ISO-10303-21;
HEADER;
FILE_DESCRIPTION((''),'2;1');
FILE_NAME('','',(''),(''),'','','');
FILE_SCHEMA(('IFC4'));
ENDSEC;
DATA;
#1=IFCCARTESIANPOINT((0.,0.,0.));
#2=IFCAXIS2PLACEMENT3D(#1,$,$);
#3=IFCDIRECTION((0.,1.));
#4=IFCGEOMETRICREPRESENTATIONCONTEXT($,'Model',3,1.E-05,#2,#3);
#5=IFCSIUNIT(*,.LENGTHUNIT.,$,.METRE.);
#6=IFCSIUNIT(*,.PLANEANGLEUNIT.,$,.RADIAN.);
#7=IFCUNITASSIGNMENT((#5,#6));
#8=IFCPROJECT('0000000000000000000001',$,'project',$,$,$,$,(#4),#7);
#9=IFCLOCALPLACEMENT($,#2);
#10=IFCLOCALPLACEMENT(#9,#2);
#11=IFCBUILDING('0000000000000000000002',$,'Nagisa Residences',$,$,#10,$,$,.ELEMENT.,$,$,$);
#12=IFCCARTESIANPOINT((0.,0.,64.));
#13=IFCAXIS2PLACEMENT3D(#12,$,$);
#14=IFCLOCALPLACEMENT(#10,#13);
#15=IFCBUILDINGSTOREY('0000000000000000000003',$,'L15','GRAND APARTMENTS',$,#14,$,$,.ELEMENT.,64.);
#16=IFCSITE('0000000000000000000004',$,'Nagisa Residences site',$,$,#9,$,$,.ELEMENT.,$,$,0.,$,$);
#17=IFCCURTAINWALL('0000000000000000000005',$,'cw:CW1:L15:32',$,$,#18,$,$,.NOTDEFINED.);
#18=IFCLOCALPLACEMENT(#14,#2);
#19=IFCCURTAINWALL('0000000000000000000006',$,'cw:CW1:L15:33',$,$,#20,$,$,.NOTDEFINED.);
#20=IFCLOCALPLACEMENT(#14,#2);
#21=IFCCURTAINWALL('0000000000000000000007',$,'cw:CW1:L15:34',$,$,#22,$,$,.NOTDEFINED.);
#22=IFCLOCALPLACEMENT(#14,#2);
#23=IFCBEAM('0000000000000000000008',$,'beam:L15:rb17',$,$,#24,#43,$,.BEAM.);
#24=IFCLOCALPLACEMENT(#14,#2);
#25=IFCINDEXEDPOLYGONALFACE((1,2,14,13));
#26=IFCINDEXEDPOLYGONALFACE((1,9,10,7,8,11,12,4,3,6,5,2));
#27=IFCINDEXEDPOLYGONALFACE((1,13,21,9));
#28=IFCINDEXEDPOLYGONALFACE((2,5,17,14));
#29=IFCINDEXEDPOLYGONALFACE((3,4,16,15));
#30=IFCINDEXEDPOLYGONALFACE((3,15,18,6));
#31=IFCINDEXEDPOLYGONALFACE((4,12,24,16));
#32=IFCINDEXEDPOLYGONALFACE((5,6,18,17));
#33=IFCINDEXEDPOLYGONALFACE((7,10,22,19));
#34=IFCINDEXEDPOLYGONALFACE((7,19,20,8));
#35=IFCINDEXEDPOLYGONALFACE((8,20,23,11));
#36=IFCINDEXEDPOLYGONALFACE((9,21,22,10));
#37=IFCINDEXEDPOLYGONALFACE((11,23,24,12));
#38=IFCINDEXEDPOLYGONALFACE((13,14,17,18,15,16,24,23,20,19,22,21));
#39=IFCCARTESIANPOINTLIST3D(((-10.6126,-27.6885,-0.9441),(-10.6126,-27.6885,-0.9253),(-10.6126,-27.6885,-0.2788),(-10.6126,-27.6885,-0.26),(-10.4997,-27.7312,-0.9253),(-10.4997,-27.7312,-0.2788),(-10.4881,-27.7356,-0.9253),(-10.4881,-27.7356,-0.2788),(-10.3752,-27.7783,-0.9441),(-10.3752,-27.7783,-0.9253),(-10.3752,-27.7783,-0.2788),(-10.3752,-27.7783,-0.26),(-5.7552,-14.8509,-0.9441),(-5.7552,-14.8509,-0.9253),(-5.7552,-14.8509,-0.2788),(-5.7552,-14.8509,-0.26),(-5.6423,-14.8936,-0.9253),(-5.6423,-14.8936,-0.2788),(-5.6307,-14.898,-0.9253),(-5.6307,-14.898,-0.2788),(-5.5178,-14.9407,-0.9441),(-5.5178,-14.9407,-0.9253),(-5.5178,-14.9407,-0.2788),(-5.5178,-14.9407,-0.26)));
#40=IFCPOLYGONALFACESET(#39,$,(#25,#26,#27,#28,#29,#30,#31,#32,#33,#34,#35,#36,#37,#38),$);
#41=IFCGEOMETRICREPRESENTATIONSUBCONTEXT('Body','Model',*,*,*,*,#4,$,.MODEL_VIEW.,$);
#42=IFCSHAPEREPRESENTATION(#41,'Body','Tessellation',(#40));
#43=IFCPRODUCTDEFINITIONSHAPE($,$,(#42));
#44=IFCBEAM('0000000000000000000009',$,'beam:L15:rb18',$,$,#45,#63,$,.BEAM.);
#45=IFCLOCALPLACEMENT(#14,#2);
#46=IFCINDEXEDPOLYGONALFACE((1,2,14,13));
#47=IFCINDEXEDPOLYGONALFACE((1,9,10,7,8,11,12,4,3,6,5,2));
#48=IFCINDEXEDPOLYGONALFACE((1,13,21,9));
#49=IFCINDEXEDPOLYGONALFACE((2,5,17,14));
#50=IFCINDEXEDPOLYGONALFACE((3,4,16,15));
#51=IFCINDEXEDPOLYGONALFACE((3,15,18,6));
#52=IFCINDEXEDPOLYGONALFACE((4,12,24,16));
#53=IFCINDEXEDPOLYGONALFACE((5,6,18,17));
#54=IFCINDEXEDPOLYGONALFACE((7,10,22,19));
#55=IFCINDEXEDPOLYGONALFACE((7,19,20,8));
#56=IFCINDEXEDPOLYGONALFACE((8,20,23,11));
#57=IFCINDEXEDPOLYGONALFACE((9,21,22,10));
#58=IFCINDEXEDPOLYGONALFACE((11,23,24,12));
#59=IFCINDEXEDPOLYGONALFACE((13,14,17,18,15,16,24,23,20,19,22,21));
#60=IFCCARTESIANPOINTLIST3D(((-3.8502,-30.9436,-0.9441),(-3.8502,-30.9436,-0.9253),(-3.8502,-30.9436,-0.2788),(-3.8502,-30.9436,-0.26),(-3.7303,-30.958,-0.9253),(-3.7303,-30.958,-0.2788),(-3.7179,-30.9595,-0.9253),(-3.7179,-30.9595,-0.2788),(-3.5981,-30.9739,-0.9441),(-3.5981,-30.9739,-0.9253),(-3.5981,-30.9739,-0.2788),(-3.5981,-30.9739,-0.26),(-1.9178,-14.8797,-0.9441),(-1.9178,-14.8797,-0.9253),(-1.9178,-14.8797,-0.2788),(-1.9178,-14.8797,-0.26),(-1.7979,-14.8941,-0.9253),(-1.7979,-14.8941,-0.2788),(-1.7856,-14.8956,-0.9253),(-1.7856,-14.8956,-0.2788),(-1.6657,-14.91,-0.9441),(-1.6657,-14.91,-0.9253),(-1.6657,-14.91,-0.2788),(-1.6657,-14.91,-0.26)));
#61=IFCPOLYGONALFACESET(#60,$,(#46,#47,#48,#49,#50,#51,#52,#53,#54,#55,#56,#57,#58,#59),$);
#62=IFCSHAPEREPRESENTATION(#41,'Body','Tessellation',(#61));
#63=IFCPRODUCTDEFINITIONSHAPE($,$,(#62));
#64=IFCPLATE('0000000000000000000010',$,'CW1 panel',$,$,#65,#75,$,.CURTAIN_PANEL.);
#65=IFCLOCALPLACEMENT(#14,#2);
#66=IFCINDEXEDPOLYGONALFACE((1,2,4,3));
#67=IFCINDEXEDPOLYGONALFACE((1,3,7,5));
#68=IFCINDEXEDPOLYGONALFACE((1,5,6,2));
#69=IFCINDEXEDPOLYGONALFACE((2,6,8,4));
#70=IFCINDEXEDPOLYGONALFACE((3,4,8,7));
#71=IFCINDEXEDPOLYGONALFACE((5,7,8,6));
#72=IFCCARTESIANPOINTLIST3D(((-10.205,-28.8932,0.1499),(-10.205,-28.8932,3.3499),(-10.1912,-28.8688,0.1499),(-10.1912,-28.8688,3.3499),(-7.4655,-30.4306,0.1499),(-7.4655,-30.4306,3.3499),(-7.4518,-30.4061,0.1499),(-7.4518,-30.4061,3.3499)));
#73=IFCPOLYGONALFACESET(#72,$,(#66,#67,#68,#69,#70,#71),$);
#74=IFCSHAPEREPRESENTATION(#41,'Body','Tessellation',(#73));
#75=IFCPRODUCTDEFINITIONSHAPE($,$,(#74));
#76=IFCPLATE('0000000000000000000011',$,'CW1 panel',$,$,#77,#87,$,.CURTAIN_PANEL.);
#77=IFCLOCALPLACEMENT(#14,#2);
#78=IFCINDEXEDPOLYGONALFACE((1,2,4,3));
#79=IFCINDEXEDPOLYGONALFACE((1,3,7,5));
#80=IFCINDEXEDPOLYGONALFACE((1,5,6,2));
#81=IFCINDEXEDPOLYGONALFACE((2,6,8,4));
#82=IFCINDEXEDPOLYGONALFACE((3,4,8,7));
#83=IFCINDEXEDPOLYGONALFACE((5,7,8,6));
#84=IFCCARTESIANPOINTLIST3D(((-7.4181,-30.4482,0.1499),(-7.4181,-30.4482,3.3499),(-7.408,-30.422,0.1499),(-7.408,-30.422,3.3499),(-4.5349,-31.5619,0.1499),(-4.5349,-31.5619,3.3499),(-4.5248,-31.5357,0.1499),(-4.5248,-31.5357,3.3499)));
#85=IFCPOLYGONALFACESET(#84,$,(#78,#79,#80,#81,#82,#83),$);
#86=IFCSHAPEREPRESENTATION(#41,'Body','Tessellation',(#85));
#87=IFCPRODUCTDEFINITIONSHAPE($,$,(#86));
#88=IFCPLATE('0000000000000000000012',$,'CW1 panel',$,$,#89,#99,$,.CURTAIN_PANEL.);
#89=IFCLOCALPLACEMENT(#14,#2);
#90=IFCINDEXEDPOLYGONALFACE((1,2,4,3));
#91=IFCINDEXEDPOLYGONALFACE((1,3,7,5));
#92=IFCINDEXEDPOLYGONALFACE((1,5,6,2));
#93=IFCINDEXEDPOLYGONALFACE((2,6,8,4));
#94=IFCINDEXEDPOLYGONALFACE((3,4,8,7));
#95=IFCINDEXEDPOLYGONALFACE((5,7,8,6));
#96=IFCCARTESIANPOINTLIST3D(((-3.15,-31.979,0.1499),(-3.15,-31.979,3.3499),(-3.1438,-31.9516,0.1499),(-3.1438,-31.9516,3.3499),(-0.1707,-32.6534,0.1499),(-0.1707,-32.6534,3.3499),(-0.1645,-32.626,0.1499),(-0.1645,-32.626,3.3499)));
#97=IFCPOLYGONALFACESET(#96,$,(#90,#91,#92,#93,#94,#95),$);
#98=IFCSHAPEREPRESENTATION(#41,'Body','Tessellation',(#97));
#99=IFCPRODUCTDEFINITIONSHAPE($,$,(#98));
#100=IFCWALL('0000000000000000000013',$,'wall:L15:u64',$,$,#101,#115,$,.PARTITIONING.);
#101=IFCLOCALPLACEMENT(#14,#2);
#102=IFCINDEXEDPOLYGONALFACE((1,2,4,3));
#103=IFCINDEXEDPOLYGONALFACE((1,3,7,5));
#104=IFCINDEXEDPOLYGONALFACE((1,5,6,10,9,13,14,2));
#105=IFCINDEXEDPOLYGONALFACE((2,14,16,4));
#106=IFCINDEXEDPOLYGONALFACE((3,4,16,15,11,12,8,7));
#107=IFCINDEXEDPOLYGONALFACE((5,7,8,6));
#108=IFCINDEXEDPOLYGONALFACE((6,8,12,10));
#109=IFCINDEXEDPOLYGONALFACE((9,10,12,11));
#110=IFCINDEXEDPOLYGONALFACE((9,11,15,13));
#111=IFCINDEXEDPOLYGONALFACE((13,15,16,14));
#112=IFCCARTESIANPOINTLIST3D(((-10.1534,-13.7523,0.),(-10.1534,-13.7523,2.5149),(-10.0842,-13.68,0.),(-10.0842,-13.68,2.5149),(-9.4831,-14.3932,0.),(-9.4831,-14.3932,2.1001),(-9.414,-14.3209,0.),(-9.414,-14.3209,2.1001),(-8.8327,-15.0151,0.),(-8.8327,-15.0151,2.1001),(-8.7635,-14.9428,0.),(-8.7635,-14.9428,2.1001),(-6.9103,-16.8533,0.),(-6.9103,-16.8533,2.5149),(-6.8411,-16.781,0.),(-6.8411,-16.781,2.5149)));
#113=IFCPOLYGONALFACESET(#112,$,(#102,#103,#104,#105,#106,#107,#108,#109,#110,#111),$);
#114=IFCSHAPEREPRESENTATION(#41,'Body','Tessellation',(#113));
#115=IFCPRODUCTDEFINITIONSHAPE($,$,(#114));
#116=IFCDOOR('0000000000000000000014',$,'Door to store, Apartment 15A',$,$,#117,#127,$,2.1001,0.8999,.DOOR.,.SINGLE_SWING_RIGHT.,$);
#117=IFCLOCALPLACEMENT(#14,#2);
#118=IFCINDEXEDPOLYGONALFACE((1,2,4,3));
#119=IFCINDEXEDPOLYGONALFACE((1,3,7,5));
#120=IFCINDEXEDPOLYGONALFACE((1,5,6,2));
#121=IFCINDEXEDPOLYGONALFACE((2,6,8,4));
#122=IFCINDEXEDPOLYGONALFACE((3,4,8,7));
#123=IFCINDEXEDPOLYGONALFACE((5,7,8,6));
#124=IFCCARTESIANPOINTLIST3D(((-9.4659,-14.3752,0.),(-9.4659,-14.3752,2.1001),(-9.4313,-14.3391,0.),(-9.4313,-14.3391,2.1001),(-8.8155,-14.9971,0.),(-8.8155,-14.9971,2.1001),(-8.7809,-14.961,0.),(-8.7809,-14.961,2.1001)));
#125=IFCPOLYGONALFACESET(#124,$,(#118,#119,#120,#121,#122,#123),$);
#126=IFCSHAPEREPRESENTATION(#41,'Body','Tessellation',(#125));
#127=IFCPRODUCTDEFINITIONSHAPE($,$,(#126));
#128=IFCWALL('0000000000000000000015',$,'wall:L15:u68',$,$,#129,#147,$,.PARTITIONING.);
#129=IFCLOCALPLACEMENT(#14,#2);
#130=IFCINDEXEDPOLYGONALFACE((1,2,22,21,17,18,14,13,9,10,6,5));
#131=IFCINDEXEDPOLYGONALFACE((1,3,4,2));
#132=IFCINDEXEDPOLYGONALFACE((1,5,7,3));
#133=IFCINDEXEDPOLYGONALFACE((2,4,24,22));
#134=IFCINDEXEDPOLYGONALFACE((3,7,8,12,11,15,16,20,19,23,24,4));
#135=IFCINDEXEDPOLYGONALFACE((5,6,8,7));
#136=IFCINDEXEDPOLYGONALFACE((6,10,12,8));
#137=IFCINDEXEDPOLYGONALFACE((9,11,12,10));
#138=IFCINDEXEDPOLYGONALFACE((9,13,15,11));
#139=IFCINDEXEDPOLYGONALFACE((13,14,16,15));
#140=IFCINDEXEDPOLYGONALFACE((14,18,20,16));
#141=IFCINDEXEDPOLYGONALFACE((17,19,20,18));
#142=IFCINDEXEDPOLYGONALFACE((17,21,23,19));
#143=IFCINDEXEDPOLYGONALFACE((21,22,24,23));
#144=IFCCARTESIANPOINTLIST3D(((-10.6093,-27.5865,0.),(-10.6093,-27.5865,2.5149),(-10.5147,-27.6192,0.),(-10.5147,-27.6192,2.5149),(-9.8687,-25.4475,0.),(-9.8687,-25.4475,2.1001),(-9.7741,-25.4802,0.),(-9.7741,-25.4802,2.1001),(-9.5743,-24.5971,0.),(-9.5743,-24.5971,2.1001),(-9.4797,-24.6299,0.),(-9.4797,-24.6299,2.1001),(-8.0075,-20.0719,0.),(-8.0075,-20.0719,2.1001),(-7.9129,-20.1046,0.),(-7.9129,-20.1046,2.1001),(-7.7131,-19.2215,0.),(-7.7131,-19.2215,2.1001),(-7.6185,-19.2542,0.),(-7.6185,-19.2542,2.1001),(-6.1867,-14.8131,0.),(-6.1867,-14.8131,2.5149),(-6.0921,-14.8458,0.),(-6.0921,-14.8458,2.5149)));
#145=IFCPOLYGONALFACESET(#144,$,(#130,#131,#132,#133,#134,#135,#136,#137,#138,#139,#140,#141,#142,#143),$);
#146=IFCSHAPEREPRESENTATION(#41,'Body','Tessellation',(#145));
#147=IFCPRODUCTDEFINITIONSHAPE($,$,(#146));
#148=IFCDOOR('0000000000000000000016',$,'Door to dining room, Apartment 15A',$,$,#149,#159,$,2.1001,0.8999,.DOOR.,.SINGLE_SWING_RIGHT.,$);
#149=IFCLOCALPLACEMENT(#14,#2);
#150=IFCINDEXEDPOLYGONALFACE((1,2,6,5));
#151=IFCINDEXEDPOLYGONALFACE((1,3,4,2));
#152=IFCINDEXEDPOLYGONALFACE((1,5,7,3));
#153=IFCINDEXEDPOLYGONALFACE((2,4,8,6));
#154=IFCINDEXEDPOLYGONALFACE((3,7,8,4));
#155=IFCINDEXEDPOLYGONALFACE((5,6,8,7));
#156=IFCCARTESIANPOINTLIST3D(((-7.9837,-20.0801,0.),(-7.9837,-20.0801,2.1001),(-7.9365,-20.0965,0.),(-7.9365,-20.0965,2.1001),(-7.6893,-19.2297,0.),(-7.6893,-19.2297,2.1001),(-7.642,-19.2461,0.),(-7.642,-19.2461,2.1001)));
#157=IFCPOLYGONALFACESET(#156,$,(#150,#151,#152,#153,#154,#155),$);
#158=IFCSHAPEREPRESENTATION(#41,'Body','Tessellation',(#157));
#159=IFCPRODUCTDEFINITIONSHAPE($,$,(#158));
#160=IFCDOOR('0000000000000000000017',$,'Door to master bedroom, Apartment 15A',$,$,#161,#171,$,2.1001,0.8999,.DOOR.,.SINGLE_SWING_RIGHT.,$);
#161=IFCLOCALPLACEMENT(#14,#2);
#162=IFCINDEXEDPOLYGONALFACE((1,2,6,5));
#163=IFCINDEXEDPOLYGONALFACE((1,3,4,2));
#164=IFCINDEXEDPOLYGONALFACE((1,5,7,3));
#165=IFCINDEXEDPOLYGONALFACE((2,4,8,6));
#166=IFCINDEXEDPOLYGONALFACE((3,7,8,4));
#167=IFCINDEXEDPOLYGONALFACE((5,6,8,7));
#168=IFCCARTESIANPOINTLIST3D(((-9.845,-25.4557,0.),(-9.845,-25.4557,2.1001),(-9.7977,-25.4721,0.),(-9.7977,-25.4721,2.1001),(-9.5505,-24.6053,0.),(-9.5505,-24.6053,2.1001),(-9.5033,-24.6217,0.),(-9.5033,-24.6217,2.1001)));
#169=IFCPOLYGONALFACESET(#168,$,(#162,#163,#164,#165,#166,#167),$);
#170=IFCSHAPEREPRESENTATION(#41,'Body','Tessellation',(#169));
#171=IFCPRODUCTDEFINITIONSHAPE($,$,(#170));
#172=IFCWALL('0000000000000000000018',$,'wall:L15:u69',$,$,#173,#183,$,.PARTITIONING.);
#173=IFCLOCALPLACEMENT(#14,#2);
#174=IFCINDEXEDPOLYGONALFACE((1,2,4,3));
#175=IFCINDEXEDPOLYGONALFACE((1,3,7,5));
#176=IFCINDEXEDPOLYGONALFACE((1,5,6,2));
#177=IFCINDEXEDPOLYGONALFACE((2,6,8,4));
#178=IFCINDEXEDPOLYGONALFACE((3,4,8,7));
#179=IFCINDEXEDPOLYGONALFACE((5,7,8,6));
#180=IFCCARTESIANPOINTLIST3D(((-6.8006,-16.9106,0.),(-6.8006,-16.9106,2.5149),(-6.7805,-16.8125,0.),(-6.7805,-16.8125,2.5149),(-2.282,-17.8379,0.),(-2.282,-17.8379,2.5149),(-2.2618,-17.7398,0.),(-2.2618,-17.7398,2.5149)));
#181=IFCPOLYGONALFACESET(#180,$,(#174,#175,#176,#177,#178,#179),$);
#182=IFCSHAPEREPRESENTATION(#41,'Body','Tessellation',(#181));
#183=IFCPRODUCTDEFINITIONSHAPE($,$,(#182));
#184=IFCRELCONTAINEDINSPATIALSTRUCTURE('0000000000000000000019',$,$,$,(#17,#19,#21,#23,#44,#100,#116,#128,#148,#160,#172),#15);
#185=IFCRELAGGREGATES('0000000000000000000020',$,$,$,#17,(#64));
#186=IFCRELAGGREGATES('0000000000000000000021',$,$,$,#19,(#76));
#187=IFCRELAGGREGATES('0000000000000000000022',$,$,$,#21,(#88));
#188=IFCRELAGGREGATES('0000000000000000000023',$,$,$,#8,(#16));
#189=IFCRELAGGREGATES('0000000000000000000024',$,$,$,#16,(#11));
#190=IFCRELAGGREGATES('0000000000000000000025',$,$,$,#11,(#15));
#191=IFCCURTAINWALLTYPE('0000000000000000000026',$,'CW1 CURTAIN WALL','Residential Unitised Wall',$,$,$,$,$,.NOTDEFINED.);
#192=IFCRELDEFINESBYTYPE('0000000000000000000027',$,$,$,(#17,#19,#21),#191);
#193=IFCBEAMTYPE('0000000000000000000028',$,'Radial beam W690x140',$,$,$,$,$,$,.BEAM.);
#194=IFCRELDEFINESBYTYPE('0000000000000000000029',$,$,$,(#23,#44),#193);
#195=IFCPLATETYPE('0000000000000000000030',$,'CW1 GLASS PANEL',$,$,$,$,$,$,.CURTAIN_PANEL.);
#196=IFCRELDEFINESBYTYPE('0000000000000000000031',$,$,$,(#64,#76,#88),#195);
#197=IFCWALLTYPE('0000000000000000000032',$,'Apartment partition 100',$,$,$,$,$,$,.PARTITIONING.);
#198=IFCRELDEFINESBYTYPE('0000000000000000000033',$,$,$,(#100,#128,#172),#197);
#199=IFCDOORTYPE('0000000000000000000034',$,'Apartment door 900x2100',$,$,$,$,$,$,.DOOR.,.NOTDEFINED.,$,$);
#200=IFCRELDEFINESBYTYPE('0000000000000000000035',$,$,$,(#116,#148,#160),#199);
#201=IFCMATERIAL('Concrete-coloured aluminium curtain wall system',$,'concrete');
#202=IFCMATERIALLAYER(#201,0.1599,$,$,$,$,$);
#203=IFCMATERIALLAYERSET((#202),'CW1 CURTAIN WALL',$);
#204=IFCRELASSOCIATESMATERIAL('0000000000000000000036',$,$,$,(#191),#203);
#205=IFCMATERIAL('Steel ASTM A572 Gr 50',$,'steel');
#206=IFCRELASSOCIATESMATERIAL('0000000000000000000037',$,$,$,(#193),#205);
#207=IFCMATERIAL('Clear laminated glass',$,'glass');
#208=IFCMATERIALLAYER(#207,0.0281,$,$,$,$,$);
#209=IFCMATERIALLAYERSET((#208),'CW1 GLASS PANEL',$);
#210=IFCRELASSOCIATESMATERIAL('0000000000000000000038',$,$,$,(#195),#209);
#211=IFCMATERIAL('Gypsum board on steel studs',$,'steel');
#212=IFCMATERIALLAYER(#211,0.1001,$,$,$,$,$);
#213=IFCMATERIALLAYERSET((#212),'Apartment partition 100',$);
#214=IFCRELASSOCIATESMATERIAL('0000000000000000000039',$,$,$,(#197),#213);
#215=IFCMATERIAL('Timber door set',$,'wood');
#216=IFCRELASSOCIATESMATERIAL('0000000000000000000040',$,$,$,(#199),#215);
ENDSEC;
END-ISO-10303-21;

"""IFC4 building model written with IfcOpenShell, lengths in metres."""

from ifc_helpers import new_model, si_unit, direction, frame, frame_2d, origin, origin_2d, place, context, subcontext, project, spatial, rectangle, i_section, extrude, material, layer, layer_set, material_profile, profile_set, type_object, element, fill, aggregate, save


model = new_model("IFC4")

# Units and contexts
model_context = context("Model", 3, precision=1e-05, world=origin(), true_north=direction((0.0, 1.0)))
body_context = subcontext(model_context, "Body", "Model", "MODEL_VIEW")
ifc_project = project(units=[si_unit("LENGTHUNIT", "METRE"), si_unit("PLANEANGLEUNIT", "RADIAN")], contexts=[model_context])

# Site, building, storey
site_placement = place(None, origin())
site = spatial("IfcSite", under=ifc_project, at=site_placement, Name="Nagisa Residences site", CompositionType="ELEMENT", RefElevation=0.0)
building_placement = place(site_placement, origin())
building = spatial("IfcBuilding", under=site, at=building_placement, Name="Nagisa Residences", CompositionType="ELEMENT")
storey_placement = place(building_placement, frame((0.0, 0.0, 64.0)))
storey = spatial("IfcBuildingStorey", under=building, at=storey_placement, Name="L15", Description="GRAND APARTMENTS", CompositionType="ELEMENT", Elevation=64.0)

# Curtain walls
ifc_material_1 = material(Name="Concrete-coloured aluminium curtain wall system", Category="concrete")
ifc_layer_1 = layer(ifc_material_1, 0.1599)
ifc_layer_set_1 = layer_set([ifc_layer_1], Name="CW1 CURTAIN WALL")
curtain_wall_type = type_object("IfcCurtainWallType", Name="CW1 CURTAIN WALL", Description="Residential Unitised Wall", PredefinedType="NOTDEFINED", material=ifc_layer_set_1)
curtain_wall_1_placement = place(storey_placement, origin())
curtain_wall_1 = element("IfcCurtainWall", 1, at=curtain_wall_1_placement, inside=storey, type_object=curtain_wall_type, Name="cw:CW1:L15:32", PredefinedType="NOTDEFINED")
curtain_wall_2_placement = place(storey_placement, origin())
curtain_wall_2 = element("IfcCurtainWall", 2, at=curtain_wall_2_placement, inside=storey, type_object=curtain_wall_type, Name="cw:CW1:L15:33", PredefinedType="NOTDEFINED")
curtain_wall_3_placement = place(storey_placement, origin())
curtain_wall_3 = element("IfcCurtainWall", 3, at=curtain_wall_3_placement, inside=storey, type_object=curtain_wall_type, Name="cw:CW1:L15:34", PredefinedType="NOTDEFINED")

# Beams
ifc_material_2 = material(Name="Steel ASTM A572 Gr 50", Category="steel")
ifc_material_profile_1 = material_profile(ifc_material_2, i_section(OverallWidth=0.2539, OverallDepth=0.6841, WebThickness=0.0125, FlangeThickness=0.0188, at=origin_2d()), Name="W690x140")
ifc_profile_set_1 = profile_set([ifc_material_profile_1], Name="Steel ASTM A572 Gr 50")
beam_type_1 = type_object("IfcBeamType", Name="Radial beam W690x140", PredefinedType="BEAM", material=ifc_profile_set_1)
beam_1_placement = place(storey_placement, frame((-10.4939, -27.7334, -0.6021), z_axis=(0.353888, 0.935288, 0.0), x_axis=(-0.935288, 0.353888, 0.0)))
element("IfcBeam", 4, at=beam_1_placement, inside=storey, type_object=beam_type_1, Name="beam:L15:rb17", PredefinedType="BEAM", context=body_context, shape_type="SweptSolid", body=[
    extrude(i_section(OverallWidth=0.2539, OverallDepth=0.6841, WebThickness=0.0125, FlangeThickness=0.0188, at=origin_2d()), origin(), (0.0, 0.0, 1.0), 13.7258),
])
beam_2_placement = place(storey_placement, frame((-3.7241, -30.9587, -0.6021), z_axis=(0.119431, 0.992842, 0.0), x_axis=(-0.992842, 0.119431, 0.0)))
element("IfcBeam", 5, at=beam_2_placement, inside=storey, type_object=beam_type_1, Name="beam:L15:rb18", PredefinedType="BEAM", context=body_context, shape_type="SweptSolid", body=[
    extrude(i_section(OverallWidth=0.2539, OverallDepth=0.6841, WebThickness=0.0125, FlangeThickness=0.0188, at=origin_2d()), origin(), (0.0, 0.0, 1.0), 16.1797),
])

# Plates
ifc_material_3 = material(Name="Clear laminated glass", Category="glass")
ifc_layer_2 = layer(ifc_material_3, 0.0281)
ifc_layer_set_2 = layer_set([ifc_layer_2], Name="CW1 GLASS PANEL")
plate_type = type_object("IfcPlateType", Name="CW1 GLASS PANEL", PredefinedType="CURTAIN_PANEL", material=ifc_layer_set_2)
plate_1_placement = place(storey_placement, frame((-8.8284, -29.6497, 0.1499), z_axis=(0.0, 0.0, 1.0), x_axis=(0.872072, -0.489377, 0.0)))
plate_1 = element("IfcPlate", 6, at=plate_1_placement, type_object=plate_type, Name="CW1 panel", PredefinedType="CURTAIN_PANEL", context=body_context, shape_type="SweptSolid", body=[
    extrude(rectangle(XDim=3.1414, YDim=0.0281, at=origin_2d()), origin(), (0.0, 0.0, 1.0), 3.2),
])
aggregate(curtain_wall_1, [plate_1])
plate_2_placement = place(storey_placement, frame((-5.9714, -30.9919, 0.1499), z_axis=(0.0, 0.0, 1.0), x_axis=(0.932826, -0.360328, 0.0)))
plate_2 = element("IfcPlate", 7, at=plate_2_placement, type_object=plate_type, Name="CW1 panel", PredefinedType="CURTAIN_PANEL", context=body_context, shape_type="SweptSolid", body=[
    extrude(rectangle(XDim=3.0908, YDim=0.0281, at=origin_2d()), origin(), (0.0, 0.0, 1.0), 3.2),
])
aggregate(curtain_wall_2, [plate_2])
plate_3_placement = place(storey_placement, frame((-1.6572, -32.3025, 0.1499), z_axis=(0.0, 0.0, 1.0), x_axis=(0.975327, -0.220764, 0.0)))
plate_3 = element("IfcPlate", 8, at=plate_3_placement, type_object=plate_type, Name="CW1 panel", PredefinedType="CURTAIN_PANEL", context=body_context, shape_type="SweptSolid", body=[
    extrude(rectangle(XDim=3.0547, YDim=0.0281, at=origin_2d()), origin(), (0.0, 0.0, 1.0), 3.2),
])
aggregate(curtain_wall_3, [plate_3])

# Wall, opening, door
ifc_material_4 = material(Name="Gypsum board on steel studs", Category="steel")
ifc_layer_3 = layer(ifc_material_4, 0.1001)
ifc_layer_set_3 = layer_set([ifc_layer_3], Name="Apartment partition 100")
wall_type = type_object("IfcWallType", Name="Apartment partition 100", PredefinedType="PARTITIONING", material=ifc_layer_set_3)
wall_1_placement = place(storey_placement, frame((-10.1189, -13.7161, 0.0), z_axis=(0.0, 0.0, 1.0), x_axis=(0.722762, -0.691097, 0.0)))
wall_1 = element("IfcWall", 9, at=wall_1_placement, inside=storey, type_object=wall_type, Name="wall:L15:u64", PredefinedType="PARTITIONING", context=body_context, shape_type="SweptSolid", body=[
    extrude(rectangle(XDim=4.4871, YDim=0.1001, at=frame_2d((2.2437, 0.0))), origin(), (0.0, 0.0, 1.0), 2.5149),
])
opening_1_placement = place(wall_1_placement, frame((0.9275, 0.0, 0.0)))
opening_1 = element("IfcOpeningElement", 10, at=opening_1_placement, cuts=wall_1, PredefinedType="OPENING", context=body_context, shape_type="SweptSolid", body=[
    extrude(rectangle(XDim=0.8999, YDim=2.1001, at=frame_2d((0.45, 1.05))), frame((0.0, 0.0601, 0.0), z_axis=(0.0, -1.0, 0.0), x_axis=(1.0, 0.0, 0.0)), (0.0, 0.0, 1.0), 0.1201),
])
ifc_material_5 = material(Name="Timber door set", Category="wood")
door_type = type_object("IfcDoorType", Name="Apartment door 900x2100", OperationType="NOTDEFINED", PredefinedType="DOOR", material=ifc_material_5)
door_1_placement = place(opening_1_placement, origin())
door_1 = element("IfcDoor", 11, at=door_1_placement, inside=storey, type_object=door_type, Name="Door to store, Apartment 15A", OperationType="SINGLE_SWING_RIGHT", OverallHeight=2.1001, OverallWidth=0.8999, PredefinedType="DOOR", context=body_context, shape_type="SweptSolid", body=[
    extrude(rectangle(XDim=0.8999, YDim=2.1001, at=frame_2d((0.45, 1.05))), frame((0.0, 0.0249, 0.0), z_axis=(0.0, -1.0, 0.0), x_axis=(1.0, 0.0, 0.0)), (0.0, 0.0, 1.0), 0.05),
])
fill(opening_1, door_1)

# Wall, openings, doors
wall_2_placement = place(storey_placement, frame((-6.1394, -14.8293, 0.0), z_axis=(0.0, 0.0, 1.0), x_axis=(-0.327179, -0.944962, 0.0)))
wall_2 = element("IfcWall", 12, at=wall_2_placement, inside=storey, type_object=wall_type, Name="wall:L15:u68", PredefinedType="PARTITIONING", context=body_context, shape_type="SweptSolid", body=[
    extrude(rectangle(XDim=13.5173, YDim=0.1001, at=frame_2d((6.7588, 0.0))), origin(), (0.0, 0.0, 1.0), 2.5149),
])
opening_2_placement = place(wall_2_placement, frame((4.6653, 0.0, 0.0)))
opening_2 = element("IfcOpeningElement", 13, at=opening_2_placement, cuts=wall_2, PredefinedType="OPENING", context=body_context, shape_type="SweptSolid", body=[
    extrude(rectangle(XDim=0.8999, YDim=2.1001, at=frame_2d((0.45, 1.05))), frame((0.0, 0.0601, 0.0), z_axis=(0.0, -1.0, 0.0), x_axis=(1.0, 0.0, 0.0)), (0.0, 0.0, 1.0), 0.1201),
])
opening_3_placement = place(wall_2_placement, frame((10.354, 0.0, 0.0)))
opening_3 = element("IfcOpeningElement", 14, at=opening_3_placement, cuts=wall_2, PredefinedType="OPENING", context=body_context, shape_type="SweptSolid", body=[
    extrude(rectangle(XDim=0.8999, YDim=2.1001, at=frame_2d((0.45, 1.05))), frame((0.0, 0.0601, 0.0), z_axis=(0.0, -1.0, 0.0), x_axis=(1.0, 0.0, 0.0)), (0.0, 0.0, 1.0), 0.1201),
])
door_2_placement = place(opening_2_placement, frame((0.8999, 0.0, 0.0), x_axis=(-1.0, 0.0, 0.0)))
door_2 = element("IfcDoor", 15, at=door_2_placement, inside=storey, type_object=door_type, Name="Door to dining room, Apartment 15A", OperationType="SINGLE_SWING_RIGHT", OverallHeight=2.1001, OverallWidth=0.8999, PredefinedType="DOOR", context=body_context, shape_type="SweptSolid", body=[
    extrude(rectangle(XDim=0.8999, YDim=2.1001, at=frame_2d((0.45, 1.05))), frame((0.0, 0.0249, 0.0), z_axis=(0.0, -1.0, 0.0), x_axis=(1.0, 0.0, 0.0)), (0.0, 0.0, 1.0), 0.05),
])
fill(opening_2, door_2)
door_3_placement = place(opening_3_placement, frame((0.8999, 0.0, 0.0), x_axis=(-1.0, 0.0, 0.0)))
door_3 = element("IfcDoor", 16, at=door_3_placement, inside=storey, type_object=door_type, Name="Door to master bedroom, Apartment 15A", OperationType="SINGLE_SWING_RIGHT", OverallHeight=2.1001, OverallWidth=0.8999, PredefinedType="DOOR", context=body_context, shape_type="SweptSolid", body=[
    extrude(rectangle(XDim=0.8999, YDim=2.1001, at=frame_2d((0.45, 1.05))), frame((0.0, 0.0249, 0.0), z_axis=(0.0, -1.0, 0.0), x_axis=(1.0, 0.0, 0.0)), (0.0, 0.0, 1.0), 0.05),
])
fill(opening_3, door_3)

# Wall
wall_3_placement = place(storey_placement, frame((-6.7905, -16.8616, 0.0), z_axis=(0.0, 0.0, 1.0), x_axis=(0.979587, -0.20102, 0.0)))
element("IfcWall", 17, at=wall_3_placement, inside=storey, type_object=wall_type, Name="wall:L15:u69", PredefinedType="PARTITIONING", context=body_context, shape_type="SweptSolid", body=[
    extrude(rectangle(XDim=4.6128, YDim=0.1001, at=frame_2d((2.3064, 0.0))), origin(), (0.0, 0.0, 1.0), 2.5149),
])

save(model, "model.ifc")
